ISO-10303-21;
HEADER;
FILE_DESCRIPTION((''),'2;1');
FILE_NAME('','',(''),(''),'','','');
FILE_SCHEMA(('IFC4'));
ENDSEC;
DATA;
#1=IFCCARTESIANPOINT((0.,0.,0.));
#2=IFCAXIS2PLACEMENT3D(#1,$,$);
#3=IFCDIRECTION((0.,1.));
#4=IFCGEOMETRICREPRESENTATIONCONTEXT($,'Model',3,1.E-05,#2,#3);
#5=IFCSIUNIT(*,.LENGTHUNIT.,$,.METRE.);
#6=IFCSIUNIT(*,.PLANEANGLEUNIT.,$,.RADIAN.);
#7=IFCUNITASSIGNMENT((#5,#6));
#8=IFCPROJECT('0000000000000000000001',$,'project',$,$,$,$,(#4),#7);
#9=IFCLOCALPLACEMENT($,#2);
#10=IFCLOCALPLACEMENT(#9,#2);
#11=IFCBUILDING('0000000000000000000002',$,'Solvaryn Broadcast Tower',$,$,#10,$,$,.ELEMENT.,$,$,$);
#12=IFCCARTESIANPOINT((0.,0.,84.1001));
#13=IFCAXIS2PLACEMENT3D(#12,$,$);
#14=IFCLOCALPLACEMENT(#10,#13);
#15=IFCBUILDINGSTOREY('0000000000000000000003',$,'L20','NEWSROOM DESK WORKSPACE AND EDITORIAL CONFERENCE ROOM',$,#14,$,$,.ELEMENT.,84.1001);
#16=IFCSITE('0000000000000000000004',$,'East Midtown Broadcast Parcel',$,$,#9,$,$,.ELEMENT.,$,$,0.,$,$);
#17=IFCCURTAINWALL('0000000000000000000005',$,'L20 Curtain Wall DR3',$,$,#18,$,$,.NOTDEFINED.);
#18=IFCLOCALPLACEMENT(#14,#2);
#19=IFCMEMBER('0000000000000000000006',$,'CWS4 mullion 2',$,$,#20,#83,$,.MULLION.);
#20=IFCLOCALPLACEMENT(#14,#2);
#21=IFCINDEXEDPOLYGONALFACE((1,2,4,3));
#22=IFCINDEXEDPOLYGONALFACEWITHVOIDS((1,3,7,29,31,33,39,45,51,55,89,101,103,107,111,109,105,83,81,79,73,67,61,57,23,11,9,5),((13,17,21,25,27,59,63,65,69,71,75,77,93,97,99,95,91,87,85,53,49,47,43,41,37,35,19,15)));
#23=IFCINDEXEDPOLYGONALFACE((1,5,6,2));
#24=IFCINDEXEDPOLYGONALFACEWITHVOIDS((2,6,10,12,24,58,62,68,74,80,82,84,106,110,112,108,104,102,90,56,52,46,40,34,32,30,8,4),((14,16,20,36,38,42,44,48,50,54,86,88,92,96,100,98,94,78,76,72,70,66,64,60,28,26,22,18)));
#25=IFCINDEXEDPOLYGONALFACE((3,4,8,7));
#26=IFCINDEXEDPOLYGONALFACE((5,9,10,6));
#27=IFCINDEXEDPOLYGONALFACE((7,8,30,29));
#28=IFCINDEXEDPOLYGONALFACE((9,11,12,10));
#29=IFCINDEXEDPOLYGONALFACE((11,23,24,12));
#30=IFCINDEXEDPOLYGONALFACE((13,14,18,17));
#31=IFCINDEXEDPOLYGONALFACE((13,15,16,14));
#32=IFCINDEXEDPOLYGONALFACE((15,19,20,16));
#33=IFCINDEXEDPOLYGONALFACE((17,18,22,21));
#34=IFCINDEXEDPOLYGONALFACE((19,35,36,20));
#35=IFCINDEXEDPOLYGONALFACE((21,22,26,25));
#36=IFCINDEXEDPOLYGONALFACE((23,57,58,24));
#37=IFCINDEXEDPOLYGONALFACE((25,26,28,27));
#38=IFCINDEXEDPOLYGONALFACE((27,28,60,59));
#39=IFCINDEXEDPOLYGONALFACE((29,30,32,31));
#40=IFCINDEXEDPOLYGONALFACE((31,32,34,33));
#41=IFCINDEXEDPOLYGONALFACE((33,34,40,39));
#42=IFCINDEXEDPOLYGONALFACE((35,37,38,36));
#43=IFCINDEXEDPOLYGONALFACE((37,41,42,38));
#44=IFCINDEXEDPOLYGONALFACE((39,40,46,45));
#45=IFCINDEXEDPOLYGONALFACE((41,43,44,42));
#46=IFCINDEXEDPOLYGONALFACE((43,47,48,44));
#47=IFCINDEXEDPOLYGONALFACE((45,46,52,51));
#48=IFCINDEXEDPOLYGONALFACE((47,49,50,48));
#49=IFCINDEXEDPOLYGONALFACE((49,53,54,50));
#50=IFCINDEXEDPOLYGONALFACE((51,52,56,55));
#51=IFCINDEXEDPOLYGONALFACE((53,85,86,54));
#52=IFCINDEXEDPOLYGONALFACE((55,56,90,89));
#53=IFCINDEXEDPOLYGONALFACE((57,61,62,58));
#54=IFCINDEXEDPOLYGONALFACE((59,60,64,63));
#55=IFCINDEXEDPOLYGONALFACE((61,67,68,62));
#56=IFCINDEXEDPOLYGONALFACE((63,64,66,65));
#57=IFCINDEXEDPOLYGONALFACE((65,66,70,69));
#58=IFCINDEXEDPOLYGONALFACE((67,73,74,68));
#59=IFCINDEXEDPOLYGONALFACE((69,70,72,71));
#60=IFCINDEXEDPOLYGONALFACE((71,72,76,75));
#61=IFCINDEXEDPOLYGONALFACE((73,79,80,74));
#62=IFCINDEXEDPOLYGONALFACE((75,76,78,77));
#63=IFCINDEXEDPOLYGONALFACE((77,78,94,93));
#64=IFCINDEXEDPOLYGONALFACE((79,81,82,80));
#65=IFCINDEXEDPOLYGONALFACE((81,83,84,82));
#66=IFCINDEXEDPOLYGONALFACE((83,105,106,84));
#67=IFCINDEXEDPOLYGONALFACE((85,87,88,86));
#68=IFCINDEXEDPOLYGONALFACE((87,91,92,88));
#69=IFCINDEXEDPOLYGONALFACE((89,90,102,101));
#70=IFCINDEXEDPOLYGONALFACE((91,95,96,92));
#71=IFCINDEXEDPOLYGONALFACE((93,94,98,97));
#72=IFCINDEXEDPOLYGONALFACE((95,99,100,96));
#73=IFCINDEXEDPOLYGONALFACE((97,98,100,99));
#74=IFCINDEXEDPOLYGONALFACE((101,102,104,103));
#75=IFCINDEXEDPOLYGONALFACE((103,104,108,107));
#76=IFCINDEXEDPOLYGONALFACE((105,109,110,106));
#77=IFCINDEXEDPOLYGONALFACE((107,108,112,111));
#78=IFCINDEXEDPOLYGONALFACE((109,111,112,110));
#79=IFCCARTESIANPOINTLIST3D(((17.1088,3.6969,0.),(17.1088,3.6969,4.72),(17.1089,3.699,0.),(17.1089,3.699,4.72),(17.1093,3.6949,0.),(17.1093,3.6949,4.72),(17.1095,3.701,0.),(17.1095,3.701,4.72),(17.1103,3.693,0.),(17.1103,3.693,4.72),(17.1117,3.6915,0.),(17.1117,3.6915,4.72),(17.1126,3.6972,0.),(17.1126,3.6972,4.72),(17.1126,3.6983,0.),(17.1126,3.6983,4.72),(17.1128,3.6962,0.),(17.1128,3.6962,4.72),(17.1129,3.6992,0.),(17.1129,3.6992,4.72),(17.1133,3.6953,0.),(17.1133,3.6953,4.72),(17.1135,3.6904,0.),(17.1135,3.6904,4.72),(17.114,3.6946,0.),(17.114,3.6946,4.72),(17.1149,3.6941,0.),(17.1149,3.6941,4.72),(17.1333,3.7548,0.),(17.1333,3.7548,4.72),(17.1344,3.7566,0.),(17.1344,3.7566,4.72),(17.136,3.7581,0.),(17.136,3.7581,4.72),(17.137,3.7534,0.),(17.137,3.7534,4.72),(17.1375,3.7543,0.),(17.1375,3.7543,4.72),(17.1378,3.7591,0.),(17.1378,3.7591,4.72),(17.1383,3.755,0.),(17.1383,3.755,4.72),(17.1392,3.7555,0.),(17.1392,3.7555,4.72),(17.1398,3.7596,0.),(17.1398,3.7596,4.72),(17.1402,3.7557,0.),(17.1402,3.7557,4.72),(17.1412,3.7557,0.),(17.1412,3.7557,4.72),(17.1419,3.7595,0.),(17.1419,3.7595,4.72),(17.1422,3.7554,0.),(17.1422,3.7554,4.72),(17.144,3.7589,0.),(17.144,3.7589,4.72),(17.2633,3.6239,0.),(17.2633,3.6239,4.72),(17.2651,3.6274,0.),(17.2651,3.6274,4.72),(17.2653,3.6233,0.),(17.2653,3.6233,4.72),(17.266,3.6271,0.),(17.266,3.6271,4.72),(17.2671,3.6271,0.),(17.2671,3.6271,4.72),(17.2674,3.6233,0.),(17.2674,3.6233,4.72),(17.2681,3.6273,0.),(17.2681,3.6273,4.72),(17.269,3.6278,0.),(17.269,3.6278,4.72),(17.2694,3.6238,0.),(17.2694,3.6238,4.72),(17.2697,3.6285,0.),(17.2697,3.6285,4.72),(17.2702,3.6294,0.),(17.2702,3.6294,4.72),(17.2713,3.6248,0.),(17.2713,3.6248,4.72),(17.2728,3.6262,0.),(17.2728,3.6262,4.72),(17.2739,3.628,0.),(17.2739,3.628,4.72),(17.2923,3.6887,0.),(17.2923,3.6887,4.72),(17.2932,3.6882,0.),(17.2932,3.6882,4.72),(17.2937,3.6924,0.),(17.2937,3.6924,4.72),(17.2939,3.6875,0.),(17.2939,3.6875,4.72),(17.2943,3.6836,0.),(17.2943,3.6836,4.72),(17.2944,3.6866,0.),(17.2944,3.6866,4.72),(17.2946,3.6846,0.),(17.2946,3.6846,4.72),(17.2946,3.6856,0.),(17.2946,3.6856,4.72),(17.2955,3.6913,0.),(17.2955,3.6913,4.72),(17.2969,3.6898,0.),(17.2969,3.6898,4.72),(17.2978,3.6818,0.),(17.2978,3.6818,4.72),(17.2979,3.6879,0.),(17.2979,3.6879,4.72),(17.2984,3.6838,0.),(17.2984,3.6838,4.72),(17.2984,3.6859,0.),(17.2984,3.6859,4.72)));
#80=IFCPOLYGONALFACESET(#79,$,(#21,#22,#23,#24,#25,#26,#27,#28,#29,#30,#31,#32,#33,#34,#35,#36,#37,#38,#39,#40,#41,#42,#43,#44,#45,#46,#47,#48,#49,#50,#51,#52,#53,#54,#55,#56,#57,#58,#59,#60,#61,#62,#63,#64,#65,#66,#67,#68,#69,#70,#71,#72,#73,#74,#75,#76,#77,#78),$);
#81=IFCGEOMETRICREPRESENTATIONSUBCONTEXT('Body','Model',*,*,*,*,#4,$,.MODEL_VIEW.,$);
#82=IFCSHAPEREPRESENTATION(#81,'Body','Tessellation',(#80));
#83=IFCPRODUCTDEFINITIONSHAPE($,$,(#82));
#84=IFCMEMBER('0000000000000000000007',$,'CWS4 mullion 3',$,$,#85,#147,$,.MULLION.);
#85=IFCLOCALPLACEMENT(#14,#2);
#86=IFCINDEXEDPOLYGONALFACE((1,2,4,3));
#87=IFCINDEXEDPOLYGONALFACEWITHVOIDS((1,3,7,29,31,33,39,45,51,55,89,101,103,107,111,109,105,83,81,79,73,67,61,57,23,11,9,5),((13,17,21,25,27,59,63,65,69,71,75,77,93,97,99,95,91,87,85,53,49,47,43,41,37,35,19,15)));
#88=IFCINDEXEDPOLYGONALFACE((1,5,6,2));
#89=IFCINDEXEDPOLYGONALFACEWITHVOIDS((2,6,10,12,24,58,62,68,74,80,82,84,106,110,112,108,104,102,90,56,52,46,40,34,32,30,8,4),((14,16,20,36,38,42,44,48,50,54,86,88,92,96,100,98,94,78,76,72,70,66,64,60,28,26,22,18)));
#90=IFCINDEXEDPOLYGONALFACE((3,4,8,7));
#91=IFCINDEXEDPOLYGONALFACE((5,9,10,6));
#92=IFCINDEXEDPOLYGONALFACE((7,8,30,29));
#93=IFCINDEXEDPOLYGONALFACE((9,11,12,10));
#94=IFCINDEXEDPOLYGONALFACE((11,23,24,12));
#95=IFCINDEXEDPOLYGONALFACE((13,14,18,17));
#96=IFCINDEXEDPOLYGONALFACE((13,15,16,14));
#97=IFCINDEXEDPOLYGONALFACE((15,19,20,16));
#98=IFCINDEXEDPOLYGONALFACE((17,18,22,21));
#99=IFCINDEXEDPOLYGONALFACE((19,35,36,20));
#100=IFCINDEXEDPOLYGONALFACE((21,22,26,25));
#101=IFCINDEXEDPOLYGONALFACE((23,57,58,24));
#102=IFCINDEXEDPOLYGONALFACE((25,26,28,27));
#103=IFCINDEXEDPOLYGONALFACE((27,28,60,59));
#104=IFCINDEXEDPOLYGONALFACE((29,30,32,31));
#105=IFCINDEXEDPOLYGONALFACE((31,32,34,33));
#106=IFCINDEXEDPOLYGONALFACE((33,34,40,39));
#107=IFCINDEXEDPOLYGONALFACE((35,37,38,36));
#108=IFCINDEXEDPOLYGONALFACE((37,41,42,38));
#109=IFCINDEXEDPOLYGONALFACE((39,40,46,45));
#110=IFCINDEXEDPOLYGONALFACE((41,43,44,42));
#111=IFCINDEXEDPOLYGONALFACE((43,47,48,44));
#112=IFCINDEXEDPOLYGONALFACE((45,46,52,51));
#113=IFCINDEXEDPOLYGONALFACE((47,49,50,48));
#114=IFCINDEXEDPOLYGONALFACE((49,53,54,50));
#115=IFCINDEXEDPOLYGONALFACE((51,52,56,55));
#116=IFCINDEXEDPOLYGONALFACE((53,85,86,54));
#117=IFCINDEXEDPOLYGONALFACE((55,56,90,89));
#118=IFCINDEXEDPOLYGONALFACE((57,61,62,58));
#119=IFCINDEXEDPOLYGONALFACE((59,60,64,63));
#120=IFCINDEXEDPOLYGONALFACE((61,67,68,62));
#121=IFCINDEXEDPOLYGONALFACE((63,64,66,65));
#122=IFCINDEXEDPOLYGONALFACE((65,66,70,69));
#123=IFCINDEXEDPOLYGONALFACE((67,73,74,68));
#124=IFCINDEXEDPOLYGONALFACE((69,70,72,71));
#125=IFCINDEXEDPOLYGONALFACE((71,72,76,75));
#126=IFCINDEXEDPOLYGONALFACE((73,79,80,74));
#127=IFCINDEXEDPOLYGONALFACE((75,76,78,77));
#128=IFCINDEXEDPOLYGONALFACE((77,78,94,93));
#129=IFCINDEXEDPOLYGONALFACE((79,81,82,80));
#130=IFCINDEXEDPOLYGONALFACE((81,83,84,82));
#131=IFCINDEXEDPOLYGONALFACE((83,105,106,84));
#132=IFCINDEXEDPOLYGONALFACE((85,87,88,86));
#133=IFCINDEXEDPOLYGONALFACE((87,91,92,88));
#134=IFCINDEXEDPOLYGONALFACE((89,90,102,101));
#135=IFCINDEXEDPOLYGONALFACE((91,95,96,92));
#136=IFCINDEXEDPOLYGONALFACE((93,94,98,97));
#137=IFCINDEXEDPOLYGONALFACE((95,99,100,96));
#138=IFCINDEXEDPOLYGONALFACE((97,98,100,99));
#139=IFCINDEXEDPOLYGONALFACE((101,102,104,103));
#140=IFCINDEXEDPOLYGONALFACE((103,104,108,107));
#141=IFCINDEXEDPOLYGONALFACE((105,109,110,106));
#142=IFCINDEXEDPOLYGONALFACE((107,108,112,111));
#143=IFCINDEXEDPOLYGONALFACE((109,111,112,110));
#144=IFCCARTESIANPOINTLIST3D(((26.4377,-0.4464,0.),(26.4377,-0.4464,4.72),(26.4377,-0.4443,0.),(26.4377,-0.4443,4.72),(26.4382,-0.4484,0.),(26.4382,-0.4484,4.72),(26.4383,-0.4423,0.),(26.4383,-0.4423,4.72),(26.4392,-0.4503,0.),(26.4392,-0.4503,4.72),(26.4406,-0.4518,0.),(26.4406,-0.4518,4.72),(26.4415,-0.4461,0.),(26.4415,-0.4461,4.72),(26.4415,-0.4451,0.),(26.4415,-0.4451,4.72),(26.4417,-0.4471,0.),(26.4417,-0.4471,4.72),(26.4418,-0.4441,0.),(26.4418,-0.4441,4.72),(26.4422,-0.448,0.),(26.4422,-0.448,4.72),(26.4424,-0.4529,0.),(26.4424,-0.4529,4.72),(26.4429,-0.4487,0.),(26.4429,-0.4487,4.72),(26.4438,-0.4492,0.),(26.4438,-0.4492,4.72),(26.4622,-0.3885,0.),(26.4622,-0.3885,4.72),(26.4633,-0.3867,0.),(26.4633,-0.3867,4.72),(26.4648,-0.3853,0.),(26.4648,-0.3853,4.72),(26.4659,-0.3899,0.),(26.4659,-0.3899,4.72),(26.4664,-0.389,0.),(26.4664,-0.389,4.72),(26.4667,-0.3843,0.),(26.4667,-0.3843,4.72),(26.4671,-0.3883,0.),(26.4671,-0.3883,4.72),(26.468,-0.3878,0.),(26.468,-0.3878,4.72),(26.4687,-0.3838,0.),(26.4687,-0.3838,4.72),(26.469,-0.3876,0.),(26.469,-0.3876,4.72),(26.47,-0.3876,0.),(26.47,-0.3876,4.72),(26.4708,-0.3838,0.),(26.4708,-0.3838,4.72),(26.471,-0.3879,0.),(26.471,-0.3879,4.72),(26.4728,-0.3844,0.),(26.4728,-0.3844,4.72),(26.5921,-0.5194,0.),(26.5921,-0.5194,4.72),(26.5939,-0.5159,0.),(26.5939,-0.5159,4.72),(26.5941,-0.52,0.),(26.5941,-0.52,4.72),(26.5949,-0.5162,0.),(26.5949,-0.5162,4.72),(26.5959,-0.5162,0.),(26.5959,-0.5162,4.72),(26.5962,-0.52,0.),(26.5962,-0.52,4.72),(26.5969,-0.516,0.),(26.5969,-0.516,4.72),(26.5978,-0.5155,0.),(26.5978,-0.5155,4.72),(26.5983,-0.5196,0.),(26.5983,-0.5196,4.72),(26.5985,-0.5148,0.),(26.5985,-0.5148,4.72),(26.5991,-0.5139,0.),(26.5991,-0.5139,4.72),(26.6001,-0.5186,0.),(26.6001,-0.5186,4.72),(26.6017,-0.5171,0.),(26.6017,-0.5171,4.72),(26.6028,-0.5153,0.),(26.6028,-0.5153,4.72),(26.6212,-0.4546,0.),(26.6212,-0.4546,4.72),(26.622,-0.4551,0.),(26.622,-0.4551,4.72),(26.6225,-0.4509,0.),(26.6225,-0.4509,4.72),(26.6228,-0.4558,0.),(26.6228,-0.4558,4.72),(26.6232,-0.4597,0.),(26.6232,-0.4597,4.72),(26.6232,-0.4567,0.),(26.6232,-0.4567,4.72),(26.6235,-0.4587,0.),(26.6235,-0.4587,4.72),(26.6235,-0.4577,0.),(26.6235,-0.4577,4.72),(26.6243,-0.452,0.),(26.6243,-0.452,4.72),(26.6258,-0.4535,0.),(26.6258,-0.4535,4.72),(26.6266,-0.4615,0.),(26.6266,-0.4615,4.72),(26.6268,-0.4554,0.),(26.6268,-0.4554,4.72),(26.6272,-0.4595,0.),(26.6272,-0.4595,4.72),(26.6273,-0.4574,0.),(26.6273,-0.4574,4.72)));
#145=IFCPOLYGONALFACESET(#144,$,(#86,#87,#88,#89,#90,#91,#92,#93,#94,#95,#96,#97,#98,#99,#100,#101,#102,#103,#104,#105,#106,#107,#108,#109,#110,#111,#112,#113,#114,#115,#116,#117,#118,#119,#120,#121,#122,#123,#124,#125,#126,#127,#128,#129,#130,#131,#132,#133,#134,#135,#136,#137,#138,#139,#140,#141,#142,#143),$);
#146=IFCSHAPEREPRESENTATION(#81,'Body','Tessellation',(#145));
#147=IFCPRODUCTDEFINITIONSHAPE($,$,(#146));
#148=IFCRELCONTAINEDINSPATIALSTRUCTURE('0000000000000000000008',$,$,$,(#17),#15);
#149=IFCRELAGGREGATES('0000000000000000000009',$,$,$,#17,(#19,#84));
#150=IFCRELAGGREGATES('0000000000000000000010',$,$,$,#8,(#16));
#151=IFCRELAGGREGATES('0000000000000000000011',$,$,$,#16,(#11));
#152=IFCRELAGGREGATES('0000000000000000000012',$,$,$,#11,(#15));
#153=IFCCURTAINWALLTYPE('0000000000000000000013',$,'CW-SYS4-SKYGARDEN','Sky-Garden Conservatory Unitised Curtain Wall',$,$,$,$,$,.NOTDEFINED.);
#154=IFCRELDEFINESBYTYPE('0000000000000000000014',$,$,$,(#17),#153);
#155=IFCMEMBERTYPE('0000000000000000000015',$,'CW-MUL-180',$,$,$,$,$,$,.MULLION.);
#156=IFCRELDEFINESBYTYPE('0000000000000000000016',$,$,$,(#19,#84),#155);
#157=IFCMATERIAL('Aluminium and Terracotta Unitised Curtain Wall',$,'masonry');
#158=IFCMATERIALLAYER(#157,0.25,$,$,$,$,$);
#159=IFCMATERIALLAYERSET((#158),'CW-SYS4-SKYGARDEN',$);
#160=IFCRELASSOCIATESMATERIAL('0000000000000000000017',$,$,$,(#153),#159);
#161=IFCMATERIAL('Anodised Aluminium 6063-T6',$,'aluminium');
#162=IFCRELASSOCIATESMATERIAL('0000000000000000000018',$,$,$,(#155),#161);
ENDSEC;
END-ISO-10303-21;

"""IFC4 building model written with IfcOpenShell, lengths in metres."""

from ifc_helpers import new_model, si_unit, direction, frame, origin, origin_2d, place, context, subcontext, project, spatial, hollow_rectangle, extrude, material, layer, layer_set, material_profile, profile_set, type_object, element, aggregate, save


model = new_model("IFC4")

# Units and contexts
model_context = context("Model", 3, precision=1e-05, world=origin(), true_north=direction((0.0, 1.0)))
body_context = subcontext(model_context, "Body", "Model", "MODEL_VIEW")
ifc_project = project(units=[si_unit("LENGTHUNIT", "METRE"), si_unit("PLANEANGLEUNIT", "RADIAN")], contexts=[model_context])

# Site, building, storey
site_placement = place(None, origin())
site = spatial("IfcSite", under=ifc_project, at=site_placement, Name="East Midtown Broadcast Parcel", CompositionType="ELEMENT", RefElevation=0.0)
building_placement = place(site_placement, origin())
building = spatial("IfcBuilding", under=site, at=building_placement, Name="Solvaryn Broadcast Tower", CompositionType="ELEMENT")
storey_placement = place(building_placement, frame((0.0, 0.0, 84.1001)))
storey = spatial("IfcBuildingStorey", under=building, at=storey_placement, Name="L20", Description="NEWSROOM DESK WORKSPACE AND EDITORIAL CONFERENCE ROOM", CompositionType="ELEMENT", Elevation=84.1001)

# Shared definitions
ifc_material_1 = material(Name="Aluminium and Terracotta Unitised Curtain Wall", Category="masonry")
ifc_layer_1 = layer(ifc_material_1, 0.25)
ifc_layer_set_1 = layer_set([ifc_layer_1], Name="CW-SYS4-SKYGARDEN")
curtain_wall_type = type_object("IfcCurtainWallType", Name="CW-SYS4-SKYGARDEN", Description="Sky-Garden Conservatory Unitised Curtain Wall", PredefinedType="NOTDEFINED", material=ifc_layer_set_1)
ifc_material_2 = material(Name="Anodised Aluminium 6063-T6", Category="aluminium")
ifc_material_profile_1 = material_profile(ifc_material_2, hollow_rectangle(XDim=0.075, YDim=0.1799, WallThickness=0.0039, InnerFilletRadius=0.0039, OuterFilletRadius=0.0081, at=origin_2d()))
ifc_profile_set_1 = profile_set([ifc_material_profile_1], Name="Anodised Aluminium 6063-T6")
member_type_1 = type_object("IfcMemberType", Name="CW-MUL-180", PredefinedType="MULLION", material=ifc_profile_set_1)

# Curtain wall, members
curtain_wall_1_placement = place(storey_placement, origin())
curtain_wall_1 = element("IfcCurtainWall", 1, at=curtain_wall_1_placement, inside=storey, type_object=curtain_wall_type, Name="L20 Curtain Wall DR3", PredefinedType="NOTDEFINED")
member_1_placement = place(storey_placement, frame((17.2036, 3.6914, 0.0), z_axis=(0.0, 0.0, 1.0), x_axis=(0.405898, 0.913918, 0.0)))
member_1 = element("IfcMember", 2, at=member_1_placement, type_object=member_type_1, Name="CWS4 mullion 2", PredefinedType="MULLION", context=body_context, shape_type="SweptSolid", body=[
    extrude(hollow_rectangle(XDim=0.075, YDim=0.1799, WallThickness=0.0039, InnerFilletRadius=0.0039, OuterFilletRadius=0.0081, at=origin_2d()), origin(), (0.0, 0.0, 1.0), 4.72),
])
member_2_placement = place(storey_placement, frame((26.5325, -0.4519, 0.0), z_axis=(0.0, 0.0, 1.0), x_axis=(0.405898, 0.913918, 0.0)))
member_2 = element("IfcMember", 3, at=member_2_placement, type_object=member_type_1, Name="CWS4 mullion 3", PredefinedType="MULLION", context=body_context, shape_type="SweptSolid", body=[
    extrude(hollow_rectangle(XDim=0.075, YDim=0.1799, WallThickness=0.0039, InnerFilletRadius=0.0039, OuterFilletRadius=0.0081, at=origin_2d()), origin(), (0.0, 0.0, 1.0), 4.72),
])
aggregate(curtain_wall_1, [member_1, member_2])

save(model, "model.ifc")
